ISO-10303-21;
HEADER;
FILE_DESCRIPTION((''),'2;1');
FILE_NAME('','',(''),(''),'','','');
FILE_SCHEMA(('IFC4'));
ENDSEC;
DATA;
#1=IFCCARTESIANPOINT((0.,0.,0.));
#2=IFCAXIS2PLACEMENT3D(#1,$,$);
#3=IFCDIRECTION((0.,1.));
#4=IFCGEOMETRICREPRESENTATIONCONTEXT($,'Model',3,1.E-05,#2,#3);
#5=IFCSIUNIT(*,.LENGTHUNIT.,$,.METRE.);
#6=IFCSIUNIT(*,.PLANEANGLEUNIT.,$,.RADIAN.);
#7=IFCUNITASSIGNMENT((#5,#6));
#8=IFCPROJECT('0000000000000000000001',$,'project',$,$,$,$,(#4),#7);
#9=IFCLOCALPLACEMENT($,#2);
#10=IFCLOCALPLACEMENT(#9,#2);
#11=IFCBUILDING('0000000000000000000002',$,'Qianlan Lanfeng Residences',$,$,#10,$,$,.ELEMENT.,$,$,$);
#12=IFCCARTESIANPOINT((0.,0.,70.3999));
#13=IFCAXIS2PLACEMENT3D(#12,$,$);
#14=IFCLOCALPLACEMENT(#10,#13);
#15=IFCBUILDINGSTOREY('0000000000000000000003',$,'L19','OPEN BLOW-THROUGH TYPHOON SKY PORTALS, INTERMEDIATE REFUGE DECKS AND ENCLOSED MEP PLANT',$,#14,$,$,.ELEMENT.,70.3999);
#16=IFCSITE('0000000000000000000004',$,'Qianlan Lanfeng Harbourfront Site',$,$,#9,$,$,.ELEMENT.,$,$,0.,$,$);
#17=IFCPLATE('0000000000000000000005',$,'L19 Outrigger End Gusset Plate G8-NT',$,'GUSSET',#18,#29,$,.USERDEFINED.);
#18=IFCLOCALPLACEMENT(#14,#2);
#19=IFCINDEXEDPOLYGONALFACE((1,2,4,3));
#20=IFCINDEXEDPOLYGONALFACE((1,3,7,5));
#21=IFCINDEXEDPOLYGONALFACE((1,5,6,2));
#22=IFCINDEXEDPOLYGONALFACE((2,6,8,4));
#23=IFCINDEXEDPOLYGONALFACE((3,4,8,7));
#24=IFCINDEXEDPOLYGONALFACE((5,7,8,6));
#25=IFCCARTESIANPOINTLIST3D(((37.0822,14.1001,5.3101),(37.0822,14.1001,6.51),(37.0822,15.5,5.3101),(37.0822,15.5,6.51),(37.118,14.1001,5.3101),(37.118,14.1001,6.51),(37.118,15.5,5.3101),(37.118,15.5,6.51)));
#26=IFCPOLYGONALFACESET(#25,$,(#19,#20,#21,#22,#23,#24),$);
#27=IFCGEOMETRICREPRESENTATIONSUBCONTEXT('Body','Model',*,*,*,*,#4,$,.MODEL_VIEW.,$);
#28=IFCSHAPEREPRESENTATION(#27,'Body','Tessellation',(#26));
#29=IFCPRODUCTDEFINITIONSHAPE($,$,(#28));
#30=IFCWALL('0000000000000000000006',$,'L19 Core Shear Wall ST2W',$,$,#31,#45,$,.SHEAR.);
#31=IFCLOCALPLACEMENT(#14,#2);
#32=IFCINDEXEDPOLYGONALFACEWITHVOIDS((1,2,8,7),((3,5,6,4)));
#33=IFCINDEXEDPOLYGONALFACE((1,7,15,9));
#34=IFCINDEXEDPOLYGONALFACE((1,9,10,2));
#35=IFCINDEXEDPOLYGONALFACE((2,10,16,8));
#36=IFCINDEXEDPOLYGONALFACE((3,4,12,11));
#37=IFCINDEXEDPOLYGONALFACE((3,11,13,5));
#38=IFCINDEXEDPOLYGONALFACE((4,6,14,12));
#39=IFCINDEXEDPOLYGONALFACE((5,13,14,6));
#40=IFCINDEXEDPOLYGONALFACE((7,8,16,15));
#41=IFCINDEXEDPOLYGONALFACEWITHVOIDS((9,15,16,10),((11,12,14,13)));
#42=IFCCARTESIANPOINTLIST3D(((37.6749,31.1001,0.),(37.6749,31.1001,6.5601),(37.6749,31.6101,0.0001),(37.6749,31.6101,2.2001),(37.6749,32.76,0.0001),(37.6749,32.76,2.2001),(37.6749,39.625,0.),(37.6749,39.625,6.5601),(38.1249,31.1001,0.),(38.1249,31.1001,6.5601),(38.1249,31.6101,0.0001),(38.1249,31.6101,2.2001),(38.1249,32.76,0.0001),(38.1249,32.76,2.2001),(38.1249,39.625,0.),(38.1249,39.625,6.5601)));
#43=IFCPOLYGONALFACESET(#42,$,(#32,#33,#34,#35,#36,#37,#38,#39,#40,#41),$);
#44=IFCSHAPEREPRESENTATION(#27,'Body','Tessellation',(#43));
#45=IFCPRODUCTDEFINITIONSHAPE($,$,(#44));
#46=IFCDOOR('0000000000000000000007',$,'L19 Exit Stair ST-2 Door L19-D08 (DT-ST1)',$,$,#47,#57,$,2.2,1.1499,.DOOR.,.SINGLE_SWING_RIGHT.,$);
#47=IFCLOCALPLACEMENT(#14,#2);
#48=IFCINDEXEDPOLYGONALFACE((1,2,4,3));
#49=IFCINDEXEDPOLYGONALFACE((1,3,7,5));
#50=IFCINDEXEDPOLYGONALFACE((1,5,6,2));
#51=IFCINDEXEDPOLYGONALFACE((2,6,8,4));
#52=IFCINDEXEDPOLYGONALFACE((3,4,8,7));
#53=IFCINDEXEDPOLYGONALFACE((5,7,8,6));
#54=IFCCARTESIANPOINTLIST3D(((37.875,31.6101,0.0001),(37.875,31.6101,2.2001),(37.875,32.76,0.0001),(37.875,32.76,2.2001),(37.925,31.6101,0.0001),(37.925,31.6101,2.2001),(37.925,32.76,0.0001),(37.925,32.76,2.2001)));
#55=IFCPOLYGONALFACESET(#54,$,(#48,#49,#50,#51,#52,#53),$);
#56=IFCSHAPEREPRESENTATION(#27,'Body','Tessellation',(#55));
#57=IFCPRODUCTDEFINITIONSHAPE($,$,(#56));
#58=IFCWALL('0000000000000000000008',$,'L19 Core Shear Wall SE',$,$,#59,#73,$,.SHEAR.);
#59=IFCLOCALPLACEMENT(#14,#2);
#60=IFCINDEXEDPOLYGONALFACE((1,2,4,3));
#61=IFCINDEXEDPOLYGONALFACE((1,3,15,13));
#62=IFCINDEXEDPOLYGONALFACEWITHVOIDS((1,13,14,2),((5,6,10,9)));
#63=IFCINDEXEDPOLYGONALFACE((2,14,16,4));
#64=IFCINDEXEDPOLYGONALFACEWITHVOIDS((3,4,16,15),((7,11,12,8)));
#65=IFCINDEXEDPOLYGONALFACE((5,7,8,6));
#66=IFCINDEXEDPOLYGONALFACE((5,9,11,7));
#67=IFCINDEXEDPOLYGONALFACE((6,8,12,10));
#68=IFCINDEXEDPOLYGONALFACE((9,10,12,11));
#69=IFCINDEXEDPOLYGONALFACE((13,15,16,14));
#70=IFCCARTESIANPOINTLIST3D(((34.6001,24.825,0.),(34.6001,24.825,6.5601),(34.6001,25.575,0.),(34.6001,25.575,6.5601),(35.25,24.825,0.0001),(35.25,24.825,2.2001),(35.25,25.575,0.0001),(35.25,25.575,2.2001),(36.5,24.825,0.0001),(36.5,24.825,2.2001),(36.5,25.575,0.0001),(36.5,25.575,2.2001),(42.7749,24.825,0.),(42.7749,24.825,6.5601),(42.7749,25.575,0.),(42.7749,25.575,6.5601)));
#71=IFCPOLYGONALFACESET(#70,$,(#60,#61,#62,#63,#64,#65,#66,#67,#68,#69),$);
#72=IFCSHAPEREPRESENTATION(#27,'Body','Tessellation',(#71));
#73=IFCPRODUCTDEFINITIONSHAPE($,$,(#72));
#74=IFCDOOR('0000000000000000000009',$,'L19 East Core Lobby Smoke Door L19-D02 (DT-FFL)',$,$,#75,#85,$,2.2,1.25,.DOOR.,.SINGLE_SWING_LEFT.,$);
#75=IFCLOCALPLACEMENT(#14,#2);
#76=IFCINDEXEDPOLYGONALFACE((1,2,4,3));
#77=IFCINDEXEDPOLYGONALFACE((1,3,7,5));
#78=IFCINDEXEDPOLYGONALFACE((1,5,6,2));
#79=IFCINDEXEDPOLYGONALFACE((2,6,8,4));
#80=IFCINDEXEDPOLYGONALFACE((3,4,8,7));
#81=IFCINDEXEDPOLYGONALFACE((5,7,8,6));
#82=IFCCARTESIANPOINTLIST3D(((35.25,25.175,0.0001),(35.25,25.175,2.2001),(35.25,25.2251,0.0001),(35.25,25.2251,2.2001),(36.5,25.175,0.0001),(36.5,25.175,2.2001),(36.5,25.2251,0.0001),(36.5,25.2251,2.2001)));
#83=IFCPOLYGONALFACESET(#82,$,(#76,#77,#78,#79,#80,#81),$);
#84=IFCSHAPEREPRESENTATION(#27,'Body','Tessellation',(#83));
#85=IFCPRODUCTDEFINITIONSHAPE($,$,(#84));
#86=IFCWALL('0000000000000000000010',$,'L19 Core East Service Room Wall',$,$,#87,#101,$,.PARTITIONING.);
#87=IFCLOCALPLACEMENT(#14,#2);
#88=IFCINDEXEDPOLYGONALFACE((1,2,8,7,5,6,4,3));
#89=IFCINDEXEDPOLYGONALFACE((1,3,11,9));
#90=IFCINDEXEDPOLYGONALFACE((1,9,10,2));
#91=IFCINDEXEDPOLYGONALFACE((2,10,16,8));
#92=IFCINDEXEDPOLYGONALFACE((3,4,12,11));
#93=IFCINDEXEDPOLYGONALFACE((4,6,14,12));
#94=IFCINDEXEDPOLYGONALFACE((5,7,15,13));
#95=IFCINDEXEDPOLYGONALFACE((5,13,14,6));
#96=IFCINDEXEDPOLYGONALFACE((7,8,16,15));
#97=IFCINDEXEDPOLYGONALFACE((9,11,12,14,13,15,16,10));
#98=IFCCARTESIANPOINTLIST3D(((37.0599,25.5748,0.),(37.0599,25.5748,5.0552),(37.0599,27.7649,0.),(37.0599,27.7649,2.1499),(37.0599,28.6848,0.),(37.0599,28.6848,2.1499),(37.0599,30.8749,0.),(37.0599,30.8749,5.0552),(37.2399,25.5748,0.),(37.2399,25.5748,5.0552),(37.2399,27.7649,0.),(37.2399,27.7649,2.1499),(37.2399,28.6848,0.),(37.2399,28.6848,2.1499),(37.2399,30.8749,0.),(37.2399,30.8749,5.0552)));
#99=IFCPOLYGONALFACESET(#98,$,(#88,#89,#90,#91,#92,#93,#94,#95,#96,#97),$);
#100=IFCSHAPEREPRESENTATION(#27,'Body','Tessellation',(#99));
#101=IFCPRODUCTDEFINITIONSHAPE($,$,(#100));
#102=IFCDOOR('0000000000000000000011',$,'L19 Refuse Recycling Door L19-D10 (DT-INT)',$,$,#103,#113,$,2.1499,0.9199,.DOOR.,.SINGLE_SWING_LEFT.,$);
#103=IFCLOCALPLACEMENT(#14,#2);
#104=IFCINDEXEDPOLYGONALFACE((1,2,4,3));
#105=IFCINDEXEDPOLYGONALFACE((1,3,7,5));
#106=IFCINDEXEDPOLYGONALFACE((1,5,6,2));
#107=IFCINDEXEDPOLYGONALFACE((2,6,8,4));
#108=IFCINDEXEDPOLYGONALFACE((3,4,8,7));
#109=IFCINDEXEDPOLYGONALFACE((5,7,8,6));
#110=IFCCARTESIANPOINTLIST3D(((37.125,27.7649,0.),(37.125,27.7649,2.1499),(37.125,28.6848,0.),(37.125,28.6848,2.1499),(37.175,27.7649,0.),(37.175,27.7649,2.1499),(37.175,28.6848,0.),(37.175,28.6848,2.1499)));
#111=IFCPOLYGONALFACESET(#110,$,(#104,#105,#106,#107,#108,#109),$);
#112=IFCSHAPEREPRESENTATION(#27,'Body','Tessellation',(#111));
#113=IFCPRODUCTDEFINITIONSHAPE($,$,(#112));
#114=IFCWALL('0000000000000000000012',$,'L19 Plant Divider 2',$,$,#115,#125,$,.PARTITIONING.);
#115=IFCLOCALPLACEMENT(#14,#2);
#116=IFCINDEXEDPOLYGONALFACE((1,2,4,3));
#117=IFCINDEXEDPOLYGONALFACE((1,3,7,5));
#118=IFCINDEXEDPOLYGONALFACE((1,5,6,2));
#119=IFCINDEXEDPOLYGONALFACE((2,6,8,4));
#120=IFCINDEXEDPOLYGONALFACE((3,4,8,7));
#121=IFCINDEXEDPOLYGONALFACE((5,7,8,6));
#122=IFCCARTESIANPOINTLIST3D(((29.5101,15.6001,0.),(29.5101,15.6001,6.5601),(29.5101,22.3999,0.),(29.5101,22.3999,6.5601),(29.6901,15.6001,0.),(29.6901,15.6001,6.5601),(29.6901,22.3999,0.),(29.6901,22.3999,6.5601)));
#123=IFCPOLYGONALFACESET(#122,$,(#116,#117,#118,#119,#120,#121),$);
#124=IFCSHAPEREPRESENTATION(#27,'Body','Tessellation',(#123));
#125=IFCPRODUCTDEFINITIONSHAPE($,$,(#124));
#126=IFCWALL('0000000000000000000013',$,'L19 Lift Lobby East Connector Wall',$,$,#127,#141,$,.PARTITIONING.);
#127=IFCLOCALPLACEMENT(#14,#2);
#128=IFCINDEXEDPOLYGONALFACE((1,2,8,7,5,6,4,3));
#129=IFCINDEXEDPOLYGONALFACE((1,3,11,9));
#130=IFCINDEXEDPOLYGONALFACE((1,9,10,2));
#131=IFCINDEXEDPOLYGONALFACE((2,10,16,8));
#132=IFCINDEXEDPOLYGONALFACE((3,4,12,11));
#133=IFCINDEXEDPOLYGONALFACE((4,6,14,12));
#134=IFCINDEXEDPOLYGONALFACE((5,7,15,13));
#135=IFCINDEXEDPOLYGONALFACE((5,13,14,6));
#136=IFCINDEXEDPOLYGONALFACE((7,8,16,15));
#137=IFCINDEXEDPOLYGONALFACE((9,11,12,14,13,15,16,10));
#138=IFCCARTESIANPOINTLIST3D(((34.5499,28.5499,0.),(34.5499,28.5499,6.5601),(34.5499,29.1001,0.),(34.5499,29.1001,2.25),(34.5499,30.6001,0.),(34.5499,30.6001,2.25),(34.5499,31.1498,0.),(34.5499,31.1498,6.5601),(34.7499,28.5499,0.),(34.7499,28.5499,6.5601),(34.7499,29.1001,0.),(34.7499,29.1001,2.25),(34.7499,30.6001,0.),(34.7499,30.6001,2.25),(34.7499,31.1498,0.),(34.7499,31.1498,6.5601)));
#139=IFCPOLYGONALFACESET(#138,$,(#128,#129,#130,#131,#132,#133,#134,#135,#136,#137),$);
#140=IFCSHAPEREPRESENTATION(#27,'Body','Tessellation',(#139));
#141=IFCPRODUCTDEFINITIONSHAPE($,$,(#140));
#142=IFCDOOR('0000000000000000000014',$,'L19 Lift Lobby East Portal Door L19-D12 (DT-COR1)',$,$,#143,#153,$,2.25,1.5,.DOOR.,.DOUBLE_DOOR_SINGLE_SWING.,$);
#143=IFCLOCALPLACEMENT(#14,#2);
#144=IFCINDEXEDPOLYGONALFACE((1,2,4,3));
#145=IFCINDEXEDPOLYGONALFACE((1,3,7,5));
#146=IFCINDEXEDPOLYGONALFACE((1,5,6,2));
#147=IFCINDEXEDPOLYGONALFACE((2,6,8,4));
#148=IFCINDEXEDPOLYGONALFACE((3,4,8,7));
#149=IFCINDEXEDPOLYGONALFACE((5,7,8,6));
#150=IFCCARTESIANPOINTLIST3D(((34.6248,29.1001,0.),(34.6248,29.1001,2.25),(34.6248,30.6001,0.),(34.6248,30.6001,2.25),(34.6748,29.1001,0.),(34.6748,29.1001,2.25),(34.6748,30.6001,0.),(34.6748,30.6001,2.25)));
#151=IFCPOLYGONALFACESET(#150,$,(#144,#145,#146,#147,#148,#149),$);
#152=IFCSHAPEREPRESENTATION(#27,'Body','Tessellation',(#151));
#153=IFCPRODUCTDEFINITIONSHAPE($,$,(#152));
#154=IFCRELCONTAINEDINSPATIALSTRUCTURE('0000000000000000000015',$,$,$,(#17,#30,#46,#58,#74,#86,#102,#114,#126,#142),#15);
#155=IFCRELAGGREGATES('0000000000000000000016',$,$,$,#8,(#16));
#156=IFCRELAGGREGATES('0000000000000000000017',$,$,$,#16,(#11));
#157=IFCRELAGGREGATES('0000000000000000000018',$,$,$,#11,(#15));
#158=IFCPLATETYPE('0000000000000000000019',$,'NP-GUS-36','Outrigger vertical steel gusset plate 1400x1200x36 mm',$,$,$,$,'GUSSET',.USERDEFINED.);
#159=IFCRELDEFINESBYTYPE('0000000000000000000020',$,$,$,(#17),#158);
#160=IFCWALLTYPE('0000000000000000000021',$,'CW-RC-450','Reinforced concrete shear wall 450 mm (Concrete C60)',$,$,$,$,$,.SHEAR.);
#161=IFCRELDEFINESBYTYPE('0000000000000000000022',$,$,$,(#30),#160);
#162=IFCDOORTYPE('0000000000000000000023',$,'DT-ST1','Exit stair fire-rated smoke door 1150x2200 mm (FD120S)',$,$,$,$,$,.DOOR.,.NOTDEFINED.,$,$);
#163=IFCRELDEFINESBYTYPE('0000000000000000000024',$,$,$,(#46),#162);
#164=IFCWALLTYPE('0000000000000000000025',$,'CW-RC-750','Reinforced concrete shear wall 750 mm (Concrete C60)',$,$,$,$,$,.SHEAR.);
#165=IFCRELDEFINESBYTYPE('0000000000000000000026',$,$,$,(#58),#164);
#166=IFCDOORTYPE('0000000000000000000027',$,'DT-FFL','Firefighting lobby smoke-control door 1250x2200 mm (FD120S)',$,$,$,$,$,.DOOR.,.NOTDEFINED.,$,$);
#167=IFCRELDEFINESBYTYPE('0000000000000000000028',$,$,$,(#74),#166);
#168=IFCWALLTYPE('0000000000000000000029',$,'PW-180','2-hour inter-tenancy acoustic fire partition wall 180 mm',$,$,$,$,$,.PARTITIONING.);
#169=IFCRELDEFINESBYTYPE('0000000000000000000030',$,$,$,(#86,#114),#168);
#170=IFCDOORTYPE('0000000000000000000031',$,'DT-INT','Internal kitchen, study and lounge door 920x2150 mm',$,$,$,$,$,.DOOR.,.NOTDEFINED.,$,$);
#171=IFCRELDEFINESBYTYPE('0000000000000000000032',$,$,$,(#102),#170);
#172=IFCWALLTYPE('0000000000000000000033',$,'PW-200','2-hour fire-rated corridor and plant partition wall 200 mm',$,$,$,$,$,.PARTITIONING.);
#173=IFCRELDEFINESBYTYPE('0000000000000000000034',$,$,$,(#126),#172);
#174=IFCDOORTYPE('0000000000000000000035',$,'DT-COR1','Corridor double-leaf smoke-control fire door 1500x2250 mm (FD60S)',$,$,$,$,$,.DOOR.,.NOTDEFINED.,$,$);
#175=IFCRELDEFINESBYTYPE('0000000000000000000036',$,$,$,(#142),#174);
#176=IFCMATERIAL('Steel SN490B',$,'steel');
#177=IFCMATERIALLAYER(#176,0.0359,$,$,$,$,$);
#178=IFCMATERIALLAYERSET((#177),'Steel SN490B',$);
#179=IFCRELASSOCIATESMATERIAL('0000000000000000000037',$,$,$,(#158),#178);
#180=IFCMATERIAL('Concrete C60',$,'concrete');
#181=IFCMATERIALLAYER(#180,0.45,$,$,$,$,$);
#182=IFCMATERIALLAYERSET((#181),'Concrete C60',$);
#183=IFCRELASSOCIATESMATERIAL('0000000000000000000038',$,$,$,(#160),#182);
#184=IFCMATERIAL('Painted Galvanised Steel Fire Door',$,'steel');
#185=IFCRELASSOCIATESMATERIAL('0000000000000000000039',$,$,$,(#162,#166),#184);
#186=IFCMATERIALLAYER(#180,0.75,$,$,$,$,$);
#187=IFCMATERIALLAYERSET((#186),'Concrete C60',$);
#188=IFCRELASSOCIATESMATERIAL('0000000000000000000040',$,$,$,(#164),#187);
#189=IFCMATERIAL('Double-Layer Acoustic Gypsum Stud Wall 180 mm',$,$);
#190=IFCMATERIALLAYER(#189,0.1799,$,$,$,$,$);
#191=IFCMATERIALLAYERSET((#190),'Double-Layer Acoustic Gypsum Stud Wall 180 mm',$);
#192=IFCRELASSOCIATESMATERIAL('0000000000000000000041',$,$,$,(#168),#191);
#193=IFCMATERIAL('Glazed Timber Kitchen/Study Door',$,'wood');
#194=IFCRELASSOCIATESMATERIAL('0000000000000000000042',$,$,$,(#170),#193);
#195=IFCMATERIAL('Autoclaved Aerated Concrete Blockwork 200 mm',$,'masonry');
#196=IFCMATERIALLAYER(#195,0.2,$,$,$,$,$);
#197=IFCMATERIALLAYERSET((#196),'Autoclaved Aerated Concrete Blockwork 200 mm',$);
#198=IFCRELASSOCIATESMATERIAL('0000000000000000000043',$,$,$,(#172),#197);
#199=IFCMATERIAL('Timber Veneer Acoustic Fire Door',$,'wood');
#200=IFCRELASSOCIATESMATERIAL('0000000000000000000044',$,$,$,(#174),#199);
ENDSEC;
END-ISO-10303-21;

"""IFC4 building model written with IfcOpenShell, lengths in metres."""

from ifc_helpers import new_model, si_unit, direction, frame, frame_2d, origin, origin_2d, place, context, subcontext, project, spatial, rectangle, extrude, source, transform, mapped, material, layer, layer_set, type_object, element, fill, save


model = new_model("IFC4")

# Units and contexts
model_context = context("Model", 3, precision=1e-05, world=origin(), true_north=direction((0.0, 1.0)))
body_context = subcontext(model_context, "Body", "Model", "MODEL_VIEW")
ifc_project = project(units=[si_unit("LENGTHUNIT", "METRE"), si_unit("PLANEANGLEUNIT", "RADIAN")], contexts=[model_context])

# Site, building, storey
site_placement = place(None, origin())
site = spatial("IfcSite", under=ifc_project, at=site_placement, Name="Qianlan Lanfeng Harbourfront Site", CompositionType="ELEMENT", RefElevation=0.0)
building_placement = place(site_placement, origin())
building = spatial("IfcBuilding", under=site, at=building_placement, Name="Qianlan Lanfeng Residences", CompositionType="ELEMENT")
storey_placement = place(building_placement, frame((0.0, 0.0, 70.3999)))
storey = spatial("IfcBuildingStorey", under=building, at=storey_placement, Name="L19", Description="OPEN BLOW-THROUGH TYPHOON SKY PORTALS, INTERMEDIATE REFUGE DECKS AND ENCLOSED MEP PLANT", CompositionType="ELEMENT", Elevation=70.3999)

# Shared definitions
ifc_material_1 = material(Name="Steel SN490B", Category="steel")

# Plate
ifc_layer_1 = layer(ifc_material_1, 0.0359)
ifc_layer_set_1 = layer_set([ifc_layer_1], Name="Steel SN490B")
plate_type = type_object("IfcPlateType", Name="NP-GUS-36", Description="Outrigger vertical steel gusset plate 1400x1200x36 mm", ElementType="GUSSET", PredefinedType="USERDEFINED", material=ifc_layer_set_1)
shared_shape = source(origin(), body_context, "Body", "SweptSolid", [
    extrude(rectangle(XDim=0.0359, YDim=1.3999, at=origin_2d()), origin(), (0.0, 0.0, 1.0), 1.2),
])
for number, where, z_axis, x_axis, name in (
    (1, (37.1001, 14.8, 5.3101), (0.0, 0.0, 1.0), (1.0, 0.0, 0.0), "L19 Outrigger End Gusset Plate G8-NT"),
):
    element("IfcPlate", number, at=place(storey_placement, frame(where, z_axis=z_axis, x_axis=x_axis)), inside=storey, type_object=plate_type, Name=name, ObjectType="GUSSET", PredefinedType="USERDEFINED", context=body_context, shape_type="MappedRepresentation", body=[
        mapped(shared_shape, transform((0.0, 0.0, 0.0), scale=1.0)),
    ])

# Walls, openings, doors
ifc_material_2 = material(Name="Concrete C60", Category="concrete")
ifc_layer_2 = layer(ifc_material_2, 0.45)
ifc_layer_set_2 = layer_set([ifc_layer_2], Name="Concrete C60")
wall_type_1 = type_object("IfcWallType", Name="CW-RC-450", Description="Reinforced concrete shear wall 450 mm (Concrete C60)", PredefinedType="SHEAR", material=ifc_layer_set_2)
wall_1_placement = place(storey_placement, frame((37.8999, 31.1001, 0.0), z_axis=(0.0, 0.0, 1.0), x_axis=(0.0, 1.0, 0.0)))
wall_1 = element("IfcWall", 2, at=wall_1_placement, inside=storey, type_object=wall_type_1, Name="L19 Core Shear Wall ST2W", PredefinedType="SHEAR", context=body_context, shape_type="SweptSolid", body=[
    extrude(rectangle(XDim=8.5249, YDim=0.45, at=frame_2d((4.2625, 0.0))), origin(), (0.0, 0.0, 1.0), 6.5601),
])
opening_1_placement = place(wall_1_placement, frame((0.51, 0.0, 0.0)))
opening_1 = element("IfcOpeningElement", 3, at=opening_1_placement, cuts=wall_1, PredefinedType="OPENING", context=body_context, shape_type="SweptSolid", body=[
    extrude(rectangle(XDim=1.1499, YDim=2.2, at=frame_2d((0.575, 1.1001))), frame((0.0, 0.2349, 0.0), z_axis=(0.0, -1.0, 0.0), x_axis=(1.0, 0.0, 0.0)), (0.0, 0.0, 1.0), 0.47),
])
ifc_material_3 = material(Name="Painted Galvanised Steel Fire Door", Category="steel")
door_type_1 = type_object("IfcDoorType", Name="DT-ST1", Description="Exit stair fire-rated smoke door 1150x2200 mm (FD120S)", OperationType="NOTDEFINED", PredefinedType="DOOR", material=ifc_material_3)
door_1_placement = place(opening_1_placement, origin())
door_1 = element("IfcDoor", 4, at=door_1_placement, inside=storey, type_object=door_type_1, Name="L19 Exit Stair ST-2 Door L19-D08 (DT-ST1)", OperationType="SINGLE_SWING_RIGHT", OverallHeight=2.2, OverallWidth=1.1499, PredefinedType="DOOR", context=body_context, shape_type="SweptSolid", body=[
    extrude(rectangle(XDim=1.1499, YDim=2.2, at=frame_2d((0.575, 1.1001))), frame((0.0, 0.0249, 0.0), z_axis=(0.0, -1.0, 0.0), x_axis=(1.0, 0.0, 0.0)), (0.0, 0.0, 1.0), 0.05),
])
fill(opening_1, door_1)
ifc_layer_3 = layer(ifc_material_2, 0.75)
ifc_layer_set_3 = layer_set([ifc_layer_3], Name="Concrete C60")
wall_type_2 = type_object("IfcWallType", Name="CW-RC-750", Description="Reinforced concrete shear wall 750 mm (Concrete C60)", PredefinedType="SHEAR", material=ifc_layer_set_3)
wall_2_placement = place(storey_placement, frame((34.6001, 25.2, 0.0), z_axis=(0.0, 0.0, 1.0), x_axis=(1.0, 0.0, 0.0)))
wall_2 = element("IfcWall", 5, at=wall_2_placement, inside=storey, type_object=wall_type_2, Name="L19 Core Shear Wall SE", PredefinedType="SHEAR", context=body_context, shape_type="SweptSolid", body=[
    extrude(rectangle(XDim=8.1748, YDim=0.75, at=frame_2d((4.0874, 0.0))), origin(), (0.0, 0.0, 1.0), 6.5601),
])
opening_2_placement = place(wall_2_placement, frame((0.6499, 0.0, 0.0)))
opening_2 = element("IfcOpeningElement", 6, at=opening_2_placement, cuts=wall_2, PredefinedType="OPENING", context=body_context, shape_type="SweptSolid", body=[
    extrude(rectangle(XDim=1.25, YDim=2.2, at=frame_2d((0.625, 1.1001))), frame((0.0, 0.385, 0.0), z_axis=(0.0, -1.0, 0.0), x_axis=(1.0, 0.0, 0.0)), (0.0, 0.0, 1.0), 0.77),
])
door_type_2 = type_object("IfcDoorType", Name="DT-FFL", Description="Firefighting lobby smoke-control door 1250x2200 mm (FD120S)", OperationType="NOTDEFINED", PredefinedType="DOOR", material=ifc_material_3)
door_2_placement = place(opening_2_placement, frame((1.25, 0.0, 0.0), z_axis=(0.0, 0.0, 1.0), x_axis=(-1.0, 0.0, 0.0)))
door_2 = element("IfcDoor", 7, at=door_2_placement, inside=storey, type_object=door_type_2, Name="L19 East Core Lobby Smoke Door L19-D02 (DT-FFL)", OperationType="SINGLE_SWING_LEFT", OverallHeight=2.2, OverallWidth=1.25, PredefinedType="DOOR", context=body_context, shape_type="SweptSolid", body=[
    extrude(rectangle(XDim=1.25, YDim=2.2, at=frame_2d((0.625, 1.1001))), frame((0.0, 0.0249, 0.0), z_axis=(0.0, -1.0, 0.0), x_axis=(1.0, 0.0, 0.0)), (0.0, 0.0, 1.0), 0.05),
])
fill(opening_2, door_2)
ifc_material_4 = material(Name="Double-Layer Acoustic Gypsum Stud Wall 180 mm")
ifc_layer_4 = layer(ifc_material_4, 0.1799)
ifc_layer_set_4 = layer_set([ifc_layer_4], Name="Double-Layer Acoustic Gypsum Stud Wall 180 mm")
wall_type_3 = type_object("IfcWallType", Name="PW-180", Description="2-hour inter-tenancy acoustic fire partition wall 180 mm", PredefinedType="PARTITIONING", material=ifc_layer_set_4)
wall_3_placement = place(storey_placement, frame((37.1499, 25.575, 0.0), z_axis=(0.0, 0.0, 1.0), x_axis=(0.0, 1.0, 0.0)))
wall_3 = element("IfcWall", 8, at=wall_3_placement, inside=storey, type_object=wall_type_3, Name="L19 Core East Service Room Wall", PredefinedType="PARTITIONING", context=body_context, shape_type="SweptSolid", body=[
    extrude(rectangle(XDim=5.3, YDim=0.1799, at=frame_2d((2.6499, 0.0))), origin(), (0.0, 0.0, 1.0), 5.0552),
])
opening_3_placement = place(wall_3_placement, frame((2.1899, 0.0, 0.0)))
opening_3 = element("IfcOpeningElement", 9, at=opening_3_placement, cuts=wall_3, PredefinedType="OPENING", context=body_context, shape_type="SweptSolid", body=[
    extrude(rectangle(XDim=0.9199, YDim=2.1499, at=frame_2d((0.46, 1.075))), frame((0.0, 0.1001, 0.0), z_axis=(0.0, -1.0, 0.0), x_axis=(1.0, 0.0, 0.0)), (0.0, 0.0, 1.0), 0.2),
])
ifc_material_5 = material(Name="Glazed Timber Kitchen/Study Door", Category="wood")
door_type_3 = type_object("IfcDoorType", Name="DT-INT", Description="Internal kitchen, study and lounge door 920x2150 mm", OperationType="NOTDEFINED", PredefinedType="DOOR", material=ifc_material_5)
door_3_placement = place(opening_3_placement, origin())
door_3 = element("IfcDoor", 10, at=door_3_placement, inside=storey, type_object=door_type_3, Name="L19 Refuse Recycling Door L19-D10 (DT-INT)", OperationType="SINGLE_SWING_LEFT", OverallHeight=2.1499, OverallWidth=0.9199, PredefinedType="DOOR", context=body_context, shape_type="SweptSolid", body=[
    extrude(rectangle(XDim=0.9199, YDim=2.1499, at=frame_2d((0.46, 1.075))), frame((0.0, 0.0249, 0.0), z_axis=(0.0, -1.0, 0.0), x_axis=(1.0, 0.0, 0.0)), (0.0, 0.0, 1.0), 0.05),
])
fill(opening_3, door_3)

# Wall
wall_4_placement = place(storey_placement, frame((29.6001, 15.6001, 0.0), z_axis=(0.0, 0.0, 1.0), x_axis=(0.0, 1.0, 0.0)))
element("IfcWall", 11, at=wall_4_placement, inside=storey, type_object=wall_type_3, Name="L19 Plant Divider 2", PredefinedType="PARTITIONING", context=body_context, shape_type="SweptSolid", body=[
    extrude(rectangle(XDim=6.7998, YDim=0.1799, at=frame_2d((3.3999, 0.0))), origin(), (0.0, 0.0, 1.0), 6.5601),
])

# Wall, opening, door
ifc_material_6 = material(Name="Autoclaved Aerated Concrete Blockwork 200 mm", Category="masonry")
ifc_layer_5 = layer(ifc_material_6, 0.2)
ifc_layer_set_5 = layer_set([ifc_layer_5], Name="Autoclaved Aerated Concrete Blockwork 200 mm")
wall_type_4 = type_object("IfcWallType", Name="PW-200", Description="2-hour fire-rated corridor and plant partition wall 200 mm", PredefinedType="PARTITIONING", material=ifc_layer_set_5)
wall_5_placement = place(storey_placement, frame((34.6499, 28.55, 0.0), z_axis=(0.0, 0.0, 1.0), x_axis=(0.0, 1.0, 0.0)))
wall_5 = element("IfcWall", 12, at=wall_5_placement, inside=storey, type_object=wall_type_4, Name="L19 Lift Lobby East Connector Wall", PredefinedType="PARTITIONING", context=body_context, shape_type="SweptSolid", body=[
    extrude(rectangle(XDim=2.5999, YDim=0.2, at=frame_2d((1.2998, 0.0))), origin(), (0.0, 0.0, 1.0), 6.5601),
])
opening_4_placement = place(wall_5_placement, frame((0.55, 0.0, 0.0)))
opening_4 = element("IfcOpeningElement", 13, at=opening_4_placement, cuts=wall_5, PredefinedType="OPENING", context=body_context, shape_type="SweptSolid", body=[
    extrude(rectangle(XDim=1.5, YDim=2.25, at=frame_2d((0.75, 1.125))), frame((0.0, 0.1099, 0.0), z_axis=(0.0, -1.0, 0.0), x_axis=(1.0, 0.0, 0.0)), (0.0, 0.0, 1.0), 0.22),
])
ifc_material_7 = material(Name="Timber Veneer Acoustic Fire Door", Category="wood")
door_type_4 = type_object("IfcDoorType", Name="DT-COR1", Description="Corridor double-leaf smoke-control fire door 1500x2250 mm (FD60S)", OperationType="NOTDEFINED", PredefinedType="DOOR", material=ifc_material_7)
door_4_placement = place(opening_4_placement, frame((1.5, 0.0, 0.0), z_axis=(0.0, 0.0, 1.0), x_axis=(-1.0, 0.0, 0.0)))
door_4 = element("IfcDoor", 14, at=door_4_placement, inside=storey, type_object=door_type_4, Name="L19 Lift Lobby East Portal Door L19-D12 (DT-COR1)", OperationType="DOUBLE_DOOR_SINGLE_SWING", OverallHeight=2.25, OverallWidth=1.5, PredefinedType="DOOR", context=body_context, shape_type="SweptSolid", body=[
    extrude(rectangle(XDim=1.5, YDim=2.25, at=frame_2d((0.75, 1.125))), frame((0.0, 0.0249, 0.0), z_axis=(0.0, -1.0, 0.0), x_axis=(1.0, 0.0, 0.0)), (0.0, 0.0, 1.0), 0.05),
])
fill(opening_4, door_4)

save(model, "model.ifc")
